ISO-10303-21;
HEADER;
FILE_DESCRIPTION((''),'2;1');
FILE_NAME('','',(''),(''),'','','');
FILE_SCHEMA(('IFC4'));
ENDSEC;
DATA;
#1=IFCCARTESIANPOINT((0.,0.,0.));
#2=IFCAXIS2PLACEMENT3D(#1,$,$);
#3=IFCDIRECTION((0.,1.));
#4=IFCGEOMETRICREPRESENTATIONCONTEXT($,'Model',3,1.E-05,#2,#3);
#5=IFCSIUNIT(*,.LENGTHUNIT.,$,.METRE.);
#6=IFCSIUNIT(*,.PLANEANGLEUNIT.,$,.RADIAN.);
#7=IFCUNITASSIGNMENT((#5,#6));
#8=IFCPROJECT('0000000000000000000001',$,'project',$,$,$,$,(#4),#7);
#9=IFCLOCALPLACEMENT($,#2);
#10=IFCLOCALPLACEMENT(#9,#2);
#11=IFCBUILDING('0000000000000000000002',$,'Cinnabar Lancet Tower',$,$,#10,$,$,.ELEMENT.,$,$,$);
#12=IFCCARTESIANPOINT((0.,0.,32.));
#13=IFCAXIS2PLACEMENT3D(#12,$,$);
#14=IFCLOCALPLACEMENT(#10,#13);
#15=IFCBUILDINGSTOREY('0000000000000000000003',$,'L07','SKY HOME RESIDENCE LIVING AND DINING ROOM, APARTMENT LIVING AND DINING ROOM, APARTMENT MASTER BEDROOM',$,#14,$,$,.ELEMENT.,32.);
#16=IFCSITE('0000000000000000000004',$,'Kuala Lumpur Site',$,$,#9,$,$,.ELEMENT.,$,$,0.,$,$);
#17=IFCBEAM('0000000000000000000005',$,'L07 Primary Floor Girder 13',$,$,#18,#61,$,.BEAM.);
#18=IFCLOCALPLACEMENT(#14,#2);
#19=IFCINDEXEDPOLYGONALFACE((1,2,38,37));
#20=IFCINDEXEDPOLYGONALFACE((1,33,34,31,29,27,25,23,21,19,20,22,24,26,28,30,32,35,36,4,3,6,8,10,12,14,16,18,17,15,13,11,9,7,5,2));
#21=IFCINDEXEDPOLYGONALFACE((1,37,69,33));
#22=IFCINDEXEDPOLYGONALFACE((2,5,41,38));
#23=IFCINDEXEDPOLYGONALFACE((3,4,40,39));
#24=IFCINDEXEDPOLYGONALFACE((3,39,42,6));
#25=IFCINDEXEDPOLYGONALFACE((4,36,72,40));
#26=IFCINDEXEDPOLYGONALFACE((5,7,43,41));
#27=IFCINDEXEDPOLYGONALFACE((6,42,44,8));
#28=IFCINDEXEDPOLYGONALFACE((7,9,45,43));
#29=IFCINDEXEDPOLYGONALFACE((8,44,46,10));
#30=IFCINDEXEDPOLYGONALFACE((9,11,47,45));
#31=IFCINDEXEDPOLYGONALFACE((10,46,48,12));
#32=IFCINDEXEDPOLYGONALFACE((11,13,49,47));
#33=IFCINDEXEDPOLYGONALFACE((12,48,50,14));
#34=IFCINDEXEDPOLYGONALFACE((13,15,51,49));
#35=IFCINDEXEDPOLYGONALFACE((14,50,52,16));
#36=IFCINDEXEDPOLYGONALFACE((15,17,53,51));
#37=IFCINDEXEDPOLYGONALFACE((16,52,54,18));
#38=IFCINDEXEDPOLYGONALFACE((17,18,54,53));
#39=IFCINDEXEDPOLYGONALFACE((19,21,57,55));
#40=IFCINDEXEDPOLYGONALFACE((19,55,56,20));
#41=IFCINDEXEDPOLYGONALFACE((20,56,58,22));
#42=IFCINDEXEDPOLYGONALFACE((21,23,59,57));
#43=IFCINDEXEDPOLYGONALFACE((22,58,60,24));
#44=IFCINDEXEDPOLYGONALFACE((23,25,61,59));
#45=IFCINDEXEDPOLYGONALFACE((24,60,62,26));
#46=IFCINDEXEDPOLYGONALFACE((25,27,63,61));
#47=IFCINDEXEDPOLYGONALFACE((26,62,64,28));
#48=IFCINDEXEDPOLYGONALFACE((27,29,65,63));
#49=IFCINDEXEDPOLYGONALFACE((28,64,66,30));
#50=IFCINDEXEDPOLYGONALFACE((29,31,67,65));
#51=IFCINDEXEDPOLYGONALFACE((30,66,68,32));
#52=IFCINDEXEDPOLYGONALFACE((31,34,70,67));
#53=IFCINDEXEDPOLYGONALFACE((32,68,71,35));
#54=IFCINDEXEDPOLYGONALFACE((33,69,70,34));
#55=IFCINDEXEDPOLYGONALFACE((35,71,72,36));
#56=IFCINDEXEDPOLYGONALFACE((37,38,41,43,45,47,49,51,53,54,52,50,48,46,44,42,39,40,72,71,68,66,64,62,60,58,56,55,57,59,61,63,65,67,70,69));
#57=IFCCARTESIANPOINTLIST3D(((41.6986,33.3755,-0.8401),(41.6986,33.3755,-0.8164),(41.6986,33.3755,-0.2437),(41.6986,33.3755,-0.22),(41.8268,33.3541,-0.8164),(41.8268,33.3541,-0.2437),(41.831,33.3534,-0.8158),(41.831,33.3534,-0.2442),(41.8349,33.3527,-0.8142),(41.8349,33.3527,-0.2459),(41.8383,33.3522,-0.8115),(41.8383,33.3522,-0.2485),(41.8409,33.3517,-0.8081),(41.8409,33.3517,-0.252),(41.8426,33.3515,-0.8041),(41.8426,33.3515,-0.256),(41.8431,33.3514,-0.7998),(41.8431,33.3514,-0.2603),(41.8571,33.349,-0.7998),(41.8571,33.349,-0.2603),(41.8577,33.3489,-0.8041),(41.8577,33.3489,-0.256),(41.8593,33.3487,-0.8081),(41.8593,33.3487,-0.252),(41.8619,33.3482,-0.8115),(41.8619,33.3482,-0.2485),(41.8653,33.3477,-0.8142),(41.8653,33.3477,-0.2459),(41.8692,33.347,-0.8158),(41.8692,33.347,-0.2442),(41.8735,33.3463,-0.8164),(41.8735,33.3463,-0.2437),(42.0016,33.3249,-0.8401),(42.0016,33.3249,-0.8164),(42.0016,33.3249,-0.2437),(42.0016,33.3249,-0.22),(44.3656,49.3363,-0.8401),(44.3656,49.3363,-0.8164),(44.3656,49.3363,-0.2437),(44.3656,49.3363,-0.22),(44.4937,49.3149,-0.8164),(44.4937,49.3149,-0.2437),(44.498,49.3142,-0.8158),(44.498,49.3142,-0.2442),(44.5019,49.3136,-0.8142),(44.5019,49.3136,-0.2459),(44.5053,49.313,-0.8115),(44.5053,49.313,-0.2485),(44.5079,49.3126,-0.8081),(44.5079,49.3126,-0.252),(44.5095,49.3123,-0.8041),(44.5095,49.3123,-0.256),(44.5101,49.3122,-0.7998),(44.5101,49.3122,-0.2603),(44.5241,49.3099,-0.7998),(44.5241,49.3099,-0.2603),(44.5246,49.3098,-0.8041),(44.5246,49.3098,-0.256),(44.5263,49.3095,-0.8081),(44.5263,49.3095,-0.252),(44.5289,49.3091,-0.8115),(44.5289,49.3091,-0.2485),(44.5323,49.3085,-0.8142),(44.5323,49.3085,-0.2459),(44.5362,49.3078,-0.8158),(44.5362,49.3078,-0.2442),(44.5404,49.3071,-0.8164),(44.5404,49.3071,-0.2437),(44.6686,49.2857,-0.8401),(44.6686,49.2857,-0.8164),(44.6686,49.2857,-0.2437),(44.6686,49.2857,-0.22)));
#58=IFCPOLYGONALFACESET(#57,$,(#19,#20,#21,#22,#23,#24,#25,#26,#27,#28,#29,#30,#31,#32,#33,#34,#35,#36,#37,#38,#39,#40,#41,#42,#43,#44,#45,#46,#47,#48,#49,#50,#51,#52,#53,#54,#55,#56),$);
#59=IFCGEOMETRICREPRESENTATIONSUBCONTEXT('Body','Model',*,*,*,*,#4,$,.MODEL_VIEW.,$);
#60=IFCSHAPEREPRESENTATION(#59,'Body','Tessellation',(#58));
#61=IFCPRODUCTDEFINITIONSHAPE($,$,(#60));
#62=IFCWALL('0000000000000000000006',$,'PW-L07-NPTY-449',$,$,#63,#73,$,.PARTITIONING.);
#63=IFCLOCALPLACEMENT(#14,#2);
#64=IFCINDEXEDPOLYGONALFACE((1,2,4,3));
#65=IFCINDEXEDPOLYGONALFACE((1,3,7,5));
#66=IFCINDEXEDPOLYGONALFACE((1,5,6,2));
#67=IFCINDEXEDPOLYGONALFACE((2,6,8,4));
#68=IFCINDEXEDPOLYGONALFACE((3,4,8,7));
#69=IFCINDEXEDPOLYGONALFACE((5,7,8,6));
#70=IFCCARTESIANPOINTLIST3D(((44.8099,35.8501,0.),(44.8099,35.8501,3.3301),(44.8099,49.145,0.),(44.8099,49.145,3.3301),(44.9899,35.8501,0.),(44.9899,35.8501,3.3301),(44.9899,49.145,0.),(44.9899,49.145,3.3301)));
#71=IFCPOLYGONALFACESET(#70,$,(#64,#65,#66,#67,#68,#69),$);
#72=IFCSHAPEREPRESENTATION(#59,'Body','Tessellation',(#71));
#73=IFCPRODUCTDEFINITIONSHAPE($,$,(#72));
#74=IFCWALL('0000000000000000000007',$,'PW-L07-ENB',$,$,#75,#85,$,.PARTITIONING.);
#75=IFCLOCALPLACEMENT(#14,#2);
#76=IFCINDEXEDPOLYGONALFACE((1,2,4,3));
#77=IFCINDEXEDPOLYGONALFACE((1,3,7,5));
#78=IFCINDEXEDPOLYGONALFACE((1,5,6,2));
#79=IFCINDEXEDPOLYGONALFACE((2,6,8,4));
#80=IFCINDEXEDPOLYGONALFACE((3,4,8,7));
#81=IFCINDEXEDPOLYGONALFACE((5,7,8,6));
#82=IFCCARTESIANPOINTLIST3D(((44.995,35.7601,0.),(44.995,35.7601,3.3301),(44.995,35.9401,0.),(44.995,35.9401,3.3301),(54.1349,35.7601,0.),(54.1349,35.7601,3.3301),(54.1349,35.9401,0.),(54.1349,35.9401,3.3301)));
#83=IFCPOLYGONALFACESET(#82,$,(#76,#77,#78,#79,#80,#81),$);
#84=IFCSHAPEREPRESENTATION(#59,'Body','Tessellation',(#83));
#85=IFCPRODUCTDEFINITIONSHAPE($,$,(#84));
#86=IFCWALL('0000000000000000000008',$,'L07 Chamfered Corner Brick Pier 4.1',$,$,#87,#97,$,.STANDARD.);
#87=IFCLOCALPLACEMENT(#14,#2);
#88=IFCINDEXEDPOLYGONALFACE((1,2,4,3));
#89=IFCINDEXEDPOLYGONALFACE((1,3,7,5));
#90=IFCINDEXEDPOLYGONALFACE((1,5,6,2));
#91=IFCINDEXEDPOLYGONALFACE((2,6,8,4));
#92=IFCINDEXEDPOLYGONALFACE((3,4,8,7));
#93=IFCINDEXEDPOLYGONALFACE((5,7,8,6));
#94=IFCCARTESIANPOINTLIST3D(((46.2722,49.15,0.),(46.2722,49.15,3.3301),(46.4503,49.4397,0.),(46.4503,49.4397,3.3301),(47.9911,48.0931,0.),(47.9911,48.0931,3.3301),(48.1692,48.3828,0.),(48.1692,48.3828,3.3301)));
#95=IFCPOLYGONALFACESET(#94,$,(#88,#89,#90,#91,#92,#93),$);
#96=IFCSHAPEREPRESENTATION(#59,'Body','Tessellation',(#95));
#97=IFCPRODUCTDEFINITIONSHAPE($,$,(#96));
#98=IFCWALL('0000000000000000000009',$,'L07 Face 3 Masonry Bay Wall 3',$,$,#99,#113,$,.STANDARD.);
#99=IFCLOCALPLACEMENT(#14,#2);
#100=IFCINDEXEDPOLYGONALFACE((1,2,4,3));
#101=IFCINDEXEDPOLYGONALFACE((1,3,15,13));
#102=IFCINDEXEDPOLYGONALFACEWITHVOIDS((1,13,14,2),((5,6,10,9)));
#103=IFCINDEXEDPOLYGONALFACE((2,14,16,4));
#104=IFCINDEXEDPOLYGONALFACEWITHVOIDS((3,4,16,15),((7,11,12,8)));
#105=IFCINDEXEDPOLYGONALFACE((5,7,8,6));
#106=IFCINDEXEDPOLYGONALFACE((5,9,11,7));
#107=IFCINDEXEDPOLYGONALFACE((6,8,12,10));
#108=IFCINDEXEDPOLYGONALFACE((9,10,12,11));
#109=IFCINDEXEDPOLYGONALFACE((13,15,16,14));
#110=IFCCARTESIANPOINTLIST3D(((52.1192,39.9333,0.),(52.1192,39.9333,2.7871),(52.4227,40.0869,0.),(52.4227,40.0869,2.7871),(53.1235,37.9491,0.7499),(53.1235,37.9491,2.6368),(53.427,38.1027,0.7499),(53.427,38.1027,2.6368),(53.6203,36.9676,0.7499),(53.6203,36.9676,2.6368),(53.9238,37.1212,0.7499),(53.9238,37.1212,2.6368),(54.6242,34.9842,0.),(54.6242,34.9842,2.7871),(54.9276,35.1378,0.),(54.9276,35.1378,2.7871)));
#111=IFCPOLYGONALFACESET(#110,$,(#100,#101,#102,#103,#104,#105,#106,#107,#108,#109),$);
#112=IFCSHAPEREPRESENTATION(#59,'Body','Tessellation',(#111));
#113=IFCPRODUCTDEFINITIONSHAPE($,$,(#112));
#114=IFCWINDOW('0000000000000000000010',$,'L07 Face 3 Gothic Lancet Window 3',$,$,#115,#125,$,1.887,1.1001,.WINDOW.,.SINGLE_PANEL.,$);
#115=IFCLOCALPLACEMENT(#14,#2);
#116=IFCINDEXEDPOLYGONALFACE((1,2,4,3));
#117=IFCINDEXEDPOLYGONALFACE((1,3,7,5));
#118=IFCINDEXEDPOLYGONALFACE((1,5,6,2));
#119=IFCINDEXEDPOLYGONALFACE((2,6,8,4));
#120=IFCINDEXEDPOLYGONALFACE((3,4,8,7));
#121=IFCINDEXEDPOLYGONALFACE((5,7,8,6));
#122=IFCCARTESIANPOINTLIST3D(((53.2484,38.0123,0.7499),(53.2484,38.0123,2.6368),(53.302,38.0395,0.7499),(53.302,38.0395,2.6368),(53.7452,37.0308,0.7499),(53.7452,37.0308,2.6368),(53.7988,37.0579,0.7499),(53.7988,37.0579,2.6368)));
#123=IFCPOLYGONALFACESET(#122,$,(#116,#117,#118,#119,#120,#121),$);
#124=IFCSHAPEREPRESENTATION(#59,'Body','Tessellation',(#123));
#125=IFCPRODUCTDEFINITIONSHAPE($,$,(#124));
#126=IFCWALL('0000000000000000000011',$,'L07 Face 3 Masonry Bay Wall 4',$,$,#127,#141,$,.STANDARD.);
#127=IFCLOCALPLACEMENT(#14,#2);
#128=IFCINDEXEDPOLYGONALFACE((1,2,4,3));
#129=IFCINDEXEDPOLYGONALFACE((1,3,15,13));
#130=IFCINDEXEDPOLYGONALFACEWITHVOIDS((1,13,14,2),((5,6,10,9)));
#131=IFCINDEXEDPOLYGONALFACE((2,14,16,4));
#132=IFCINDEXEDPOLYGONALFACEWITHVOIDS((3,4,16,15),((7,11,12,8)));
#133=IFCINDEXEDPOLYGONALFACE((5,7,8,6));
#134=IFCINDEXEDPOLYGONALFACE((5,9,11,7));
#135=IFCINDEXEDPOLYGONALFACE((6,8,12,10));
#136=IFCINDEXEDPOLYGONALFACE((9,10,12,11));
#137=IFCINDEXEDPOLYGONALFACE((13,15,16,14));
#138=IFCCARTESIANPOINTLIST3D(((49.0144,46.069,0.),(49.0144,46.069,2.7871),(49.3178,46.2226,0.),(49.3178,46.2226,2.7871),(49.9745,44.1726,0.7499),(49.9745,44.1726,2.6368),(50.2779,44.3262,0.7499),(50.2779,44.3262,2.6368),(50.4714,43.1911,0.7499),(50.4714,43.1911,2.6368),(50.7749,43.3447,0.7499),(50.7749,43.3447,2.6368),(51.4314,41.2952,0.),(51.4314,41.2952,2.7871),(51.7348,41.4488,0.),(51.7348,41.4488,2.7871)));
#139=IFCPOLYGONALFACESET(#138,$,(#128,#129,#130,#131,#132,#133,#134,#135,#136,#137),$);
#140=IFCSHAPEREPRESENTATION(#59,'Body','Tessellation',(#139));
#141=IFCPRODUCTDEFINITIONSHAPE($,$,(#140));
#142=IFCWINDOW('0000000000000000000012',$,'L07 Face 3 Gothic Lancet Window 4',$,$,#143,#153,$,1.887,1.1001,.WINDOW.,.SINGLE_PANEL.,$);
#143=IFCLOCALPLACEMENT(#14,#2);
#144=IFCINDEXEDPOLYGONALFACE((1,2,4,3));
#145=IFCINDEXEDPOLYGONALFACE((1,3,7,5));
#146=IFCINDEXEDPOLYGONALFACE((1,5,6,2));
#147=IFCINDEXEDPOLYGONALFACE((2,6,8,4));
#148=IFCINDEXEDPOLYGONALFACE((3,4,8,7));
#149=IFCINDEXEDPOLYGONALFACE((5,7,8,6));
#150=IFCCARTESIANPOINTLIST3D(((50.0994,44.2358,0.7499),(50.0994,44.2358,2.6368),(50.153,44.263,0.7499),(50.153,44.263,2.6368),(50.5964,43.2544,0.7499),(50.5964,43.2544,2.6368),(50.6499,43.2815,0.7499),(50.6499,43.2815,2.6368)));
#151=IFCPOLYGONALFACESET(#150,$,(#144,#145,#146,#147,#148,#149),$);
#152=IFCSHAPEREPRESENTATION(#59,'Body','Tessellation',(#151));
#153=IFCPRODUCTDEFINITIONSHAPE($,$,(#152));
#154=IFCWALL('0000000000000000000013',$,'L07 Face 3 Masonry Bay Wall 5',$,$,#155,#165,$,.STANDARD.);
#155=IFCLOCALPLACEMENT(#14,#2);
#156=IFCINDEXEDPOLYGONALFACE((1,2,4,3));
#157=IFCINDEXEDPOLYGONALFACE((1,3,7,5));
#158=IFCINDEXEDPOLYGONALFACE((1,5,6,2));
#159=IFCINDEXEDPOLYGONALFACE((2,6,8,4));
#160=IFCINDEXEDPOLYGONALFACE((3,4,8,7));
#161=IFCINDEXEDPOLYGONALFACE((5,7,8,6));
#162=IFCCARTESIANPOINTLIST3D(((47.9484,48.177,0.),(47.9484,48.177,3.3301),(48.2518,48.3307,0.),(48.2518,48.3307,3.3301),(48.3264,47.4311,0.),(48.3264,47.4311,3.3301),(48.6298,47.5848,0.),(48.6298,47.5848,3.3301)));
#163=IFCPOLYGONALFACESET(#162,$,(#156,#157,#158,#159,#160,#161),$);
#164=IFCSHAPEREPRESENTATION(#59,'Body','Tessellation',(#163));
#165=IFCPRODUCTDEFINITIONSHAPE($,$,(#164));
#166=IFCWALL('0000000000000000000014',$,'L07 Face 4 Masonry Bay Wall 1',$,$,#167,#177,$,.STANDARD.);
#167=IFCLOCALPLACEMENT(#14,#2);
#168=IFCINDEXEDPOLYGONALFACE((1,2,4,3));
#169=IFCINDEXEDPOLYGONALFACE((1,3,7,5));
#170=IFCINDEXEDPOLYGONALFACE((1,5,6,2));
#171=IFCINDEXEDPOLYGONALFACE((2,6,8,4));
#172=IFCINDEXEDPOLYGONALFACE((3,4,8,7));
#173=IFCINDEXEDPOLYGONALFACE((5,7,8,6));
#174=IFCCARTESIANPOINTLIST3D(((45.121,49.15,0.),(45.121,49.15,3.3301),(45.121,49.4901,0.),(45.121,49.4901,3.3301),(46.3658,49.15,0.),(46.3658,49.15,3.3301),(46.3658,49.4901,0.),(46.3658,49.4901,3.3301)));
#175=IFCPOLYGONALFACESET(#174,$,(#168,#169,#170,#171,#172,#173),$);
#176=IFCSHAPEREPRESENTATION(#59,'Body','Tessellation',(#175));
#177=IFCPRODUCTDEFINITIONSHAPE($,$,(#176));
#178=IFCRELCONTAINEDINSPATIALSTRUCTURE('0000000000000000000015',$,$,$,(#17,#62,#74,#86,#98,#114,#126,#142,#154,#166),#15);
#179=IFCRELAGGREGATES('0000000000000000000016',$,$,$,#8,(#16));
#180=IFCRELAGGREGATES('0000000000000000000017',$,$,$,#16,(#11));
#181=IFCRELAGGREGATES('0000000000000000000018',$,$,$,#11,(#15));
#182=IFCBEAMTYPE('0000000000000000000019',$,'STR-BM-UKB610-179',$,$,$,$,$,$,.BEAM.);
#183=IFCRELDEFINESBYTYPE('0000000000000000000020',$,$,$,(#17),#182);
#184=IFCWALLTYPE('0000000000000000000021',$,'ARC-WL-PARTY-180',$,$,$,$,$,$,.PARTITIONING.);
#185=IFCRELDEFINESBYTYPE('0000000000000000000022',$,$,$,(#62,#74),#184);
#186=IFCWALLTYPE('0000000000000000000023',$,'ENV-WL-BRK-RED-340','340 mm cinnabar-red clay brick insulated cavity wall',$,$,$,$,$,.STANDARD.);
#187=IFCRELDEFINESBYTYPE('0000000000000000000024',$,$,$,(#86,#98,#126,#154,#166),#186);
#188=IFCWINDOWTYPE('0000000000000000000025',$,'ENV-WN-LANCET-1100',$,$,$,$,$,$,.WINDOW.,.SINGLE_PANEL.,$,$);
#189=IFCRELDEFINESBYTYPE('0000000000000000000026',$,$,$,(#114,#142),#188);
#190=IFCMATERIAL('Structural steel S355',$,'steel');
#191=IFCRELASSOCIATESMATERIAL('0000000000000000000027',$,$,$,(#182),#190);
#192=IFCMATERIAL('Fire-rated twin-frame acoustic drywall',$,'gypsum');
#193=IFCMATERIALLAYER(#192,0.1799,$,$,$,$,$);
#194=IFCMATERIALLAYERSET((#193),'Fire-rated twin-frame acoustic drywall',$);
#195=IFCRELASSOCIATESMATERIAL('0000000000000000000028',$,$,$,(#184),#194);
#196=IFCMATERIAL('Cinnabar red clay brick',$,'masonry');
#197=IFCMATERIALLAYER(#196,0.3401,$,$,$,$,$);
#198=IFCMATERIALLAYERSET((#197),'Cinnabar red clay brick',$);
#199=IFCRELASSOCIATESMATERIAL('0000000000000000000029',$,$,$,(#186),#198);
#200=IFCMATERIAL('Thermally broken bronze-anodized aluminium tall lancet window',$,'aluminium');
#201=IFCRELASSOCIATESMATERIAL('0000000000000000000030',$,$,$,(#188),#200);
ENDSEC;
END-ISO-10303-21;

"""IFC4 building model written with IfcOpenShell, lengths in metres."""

from ifc_helpers import new_model, si_unit, direction, frame, frame_2d, origin, origin_2d, place, context, subcontext, project, spatial, rectangle, i_section, extrude, material, layer, layer_set, material_profile, profile_set, type_object, element, fill, save


model = new_model("IFC4")

# Units and contexts
model_context = context("Model", 3, precision=1e-05, world=origin(), true_north=direction((0.0, 1.0)))
body_context = subcontext(model_context, "Body", "Model", "MODEL_VIEW")
ifc_project = project(units=[si_unit("LENGTHUNIT", "METRE"), si_unit("PLANEANGLEUNIT", "RADIAN")], contexts=[model_context])

# Site, building, storey
site_placement = place(None, origin())
site = spatial("IfcSite", under=ifc_project, at=site_placement, Name="Kuala Lumpur Site", CompositionType="ELEMENT", RefElevation=0.0)
building_placement = place(site_placement, origin())
building = spatial("IfcBuilding", under=site, at=building_placement, Name="Cinnabar Lancet Tower", CompositionType="ELEMENT")
storey_placement = place(building_placement, frame((0.0, 0.0, 32.0)))
storey = spatial("IfcBuildingStorey", under=building, at=storey_placement, Name="L07", Description="SKY HOME RESIDENCE LIVING AND DINING ROOM, APARTMENT LIVING AND DINING ROOM, APARTMENT MASTER BEDROOM", CompositionType="ELEMENT", Elevation=32.0)

# Beam
ifc_material_1 = material(Name="Structural steel S355", Category="steel")
ifc_material_profile_1 = material_profile(ifc_material_1, i_section(OverallWidth=0.3071, OverallDepth=0.6201, WebThickness=0.0142, FlangeThickness=0.0237, FilletRadius=0.0166, at=origin_2d()), Name="UKB 610x305x179")
ifc_profile_set_1 = profile_set([ifc_material_profile_1], Name="Structural steel S355")
beam_type_1 = type_object("IfcBeamType", Name="STR-BM-UKB610-179", PredefinedType="BEAM", material=ifc_profile_set_1)
beam_1_placement = place(storey_placement, frame((44.5171, 49.311, -0.53), z_axis=(-0.16481, -0.986325, 0.0), x_axis=(0.986325, -0.16481, 0.0)))
element("IfcBeam", 1, at=beam_1_placement, inside=storey, type_object=beam_type_1, Name="L07 Primary Floor Girder 13", PredefinedType="BEAM", context=body_context, shape_type="SweptSolid", body=[
    extrude(i_section(OverallWidth=0.3071, OverallDepth=0.6201, WebThickness=0.0142, FlangeThickness=0.0237, FilletRadius=0.0166, at=origin_2d()), origin(), (0.0, 0.0, 1.0), 16.1821),
])

# Walls
ifc_material_2 = material(Name="Fire-rated twin-frame acoustic drywall", Category="gypsum")
ifc_layer_1 = layer(ifc_material_2, 0.1799)
ifc_layer_set_1 = layer_set([ifc_layer_1], Name="Fire-rated twin-frame acoustic drywall")
wall_type_1 = type_object("IfcWallType", Name="ARC-WL-PARTY-180", PredefinedType="PARTITIONING", material=ifc_layer_set_1)
wall_1_placement = place(storey_placement, frame((44.8999, 35.8501, 0.0), z_axis=(0.0, 0.0, 1.0), x_axis=(0.0, 1.0, 0.0)))
element("IfcWall", 2, at=wall_1_placement, inside=storey, type_object=wall_type_1, Name="PW-L07-NPTY-449", PredefinedType="PARTITIONING", context=body_context, shape_type="SweptSolid", body=[
    extrude(rectangle(XDim=13.2949, YDim=0.1799, at=frame_2d((6.6475, 0.0))), origin(), (0.0, 0.0, 1.0), 3.3301),
])
wall_2_placement = place(storey_placement, frame((44.9951, 35.8501, 0.0), z_axis=(0.0, 0.0, 1.0), x_axis=(1.0, 0.0, 0.0)))
element("IfcWall", 3, at=wall_2_placement, inside=storey, type_object=wall_type_1, Name="PW-L07-ENB", PredefinedType="PARTITIONING", context=body_context, shape_type="SweptSolid", body=[
    extrude(rectangle(XDim=9.1399, YDim=0.1799, at=frame_2d((4.5698, 0.0))), origin(), (0.0, 0.0, 1.0), 3.3301),
])
ifc_material_3 = material(Name="Cinnabar red clay brick", Category="masonry")
ifc_layer_2 = layer(ifc_material_3, 0.3401)
ifc_layer_set_2 = layer_set([ifc_layer_2], Name="Cinnabar red clay brick")
wall_type_2 = type_object("IfcWallType", Name="ENV-WL-BRK-RED-340", Description="340 mm cinnabar-red clay brick insulated cavity wall", PredefinedType="STANDARD", material=ifc_layer_set_2)
wall_3_placement = place(storey_placement, frame((48.0801, 48.238, 0.0), z_axis=(0.0, 0.0, 1.0), x_axis=(-0.85187, 0.523753, 0.0)))
element("IfcWall", 4, at=wall_3_placement, inside=storey, type_object=wall_type_2, Name="L07 Chamfered Corner Brick Pier 4.1", PredefinedType="STANDARD", context=body_context, shape_type="SweptSolid", body=[
    extrude(rectangle(XDim=2.0178, YDim=0.3401, at=frame_2d((1.0088, 0.0))), origin(), (0.0, 0.0, 1.0), 3.3301),
])

# Walls, openings, windows
wall_4_placement = place(storey_placement, frame((54.7759, 35.061, 0.0), z_axis=(0.0, 0.0, 1.0), x_axis=(-0.451592, 0.892225, 0.0)))
wall_4 = element("IfcWall", 5, at=wall_4_placement, inside=storey, type_object=wall_type_2, Name="L07 Face 3 Masonry Bay Wall 3", PredefinedType="STANDARD", context=body_context, shape_type="SweptSolid", body=[
    extrude(rectangle(XDim=5.5469, YDim=0.3401, at=frame_2d((2.7734, 0.0))), origin(), (0.0, 0.0, 1.0), 2.7871),
])
opening_1_placement = place(wall_4_placement, frame((2.2229, 0.0, 0.75)))
opening_1 = element("IfcOpeningElement", 6, at=opening_1_placement, cuts=wall_4, PredefinedType="OPENING", context=body_context, shape_type="SweptSolid", body=[
    extrude(rectangle(XDim=1.1001, YDim=1.887, at=frame_2d((0.55, 0.9434))), frame((0.0, 0.1799, 0.0), z_axis=(0.0, -1.0, 0.0), x_axis=(1.0, 0.0, 0.0)), (0.0, 0.0, 1.0), 0.3601),
])
ifc_material_4 = material(Name="Thermally broken bronze-anodized aluminium tall lancet window", Category="aluminium")
window_type = type_object("IfcWindowType", Name="ENV-WN-LANCET-1100", PartitioningType="SINGLE_PANEL", PredefinedType="WINDOW", material=ifc_material_4)
window_1_placement = place(opening_1_placement, origin())
window_1 = element("IfcWindow", 7, at=window_1_placement, inside=storey, type_object=window_type, Name="L07 Face 3 Gothic Lancet Window 3", OverallHeight=1.887, OverallWidth=1.1001, PartitioningType="SINGLE_PANEL", PredefinedType="WINDOW", context=body_context, shape_type="SweptSolid", body=[
    extrude(rectangle(XDim=1.1001, YDim=1.887, at=frame_2d((0.55, 0.9434))), frame((0.0, 0.03, 0.0), z_axis=(0.0, -1.0, 0.0), x_axis=(1.0, 0.0, 0.0)), (0.0, 0.0, 1.0), 0.0601),
])
fill(opening_1, window_1)
wall_5_placement = place(storey_placement, frame((51.583, 41.3721, 0.0), z_axis=(0.0, 0.0, 1.0), x_axis=(-0.451698, 0.892171, 0.0)))
wall_5 = element("IfcWall", 8, at=wall_5_placement, inside=storey, type_object=wall_type_2, Name="L07 Face 3 Masonry Bay Wall 4", PredefinedType="STANDARD", context=body_context, shape_type="SweptSolid", body=[
    extrude(rectangle(XDim=5.3508, YDim=0.3401, at=frame_2d((2.6753, 0.0))), origin(), (0.0, 0.0, 1.0), 2.7871),
])
opening_2_placement = place(wall_5_placement, frame((2.125, 0.0, 0.75)))
opening_2 = element("IfcOpeningElement", 9, at=opening_2_placement, cuts=wall_5, PredefinedType="OPENING", context=body_context, shape_type="SweptSolid", body=[
    extrude(rectangle(XDim=1.1001, YDim=1.887, at=frame_2d((0.55, 0.9434))), frame((0.0, 0.1799, 0.0), z_axis=(0.0, -1.0, 0.0), x_axis=(1.0, 0.0, 0.0)), (0.0, 0.0, 1.0), 0.3601),
])
window_2_placement = place(opening_2_placement, origin())
window_2 = element("IfcWindow", 10, at=window_2_placement, inside=storey, type_object=window_type, Name="L07 Face 3 Gothic Lancet Window 4", OverallHeight=1.887, OverallWidth=1.1001, PartitioningType="SINGLE_PANEL", PredefinedType="WINDOW", context=body_context, shape_type="SweptSolid", body=[
    extrude(rectangle(XDim=1.1001, YDim=1.887, at=frame_2d((0.55, 0.9434))), frame((0.0, 0.03, 0.0), z_axis=(0.0, -1.0, 0.0), x_axis=(1.0, 0.0, 0.0)), (0.0, 0.0, 1.0), 0.0601),
])
fill(opening_2, window_2)

# Walls
wall_6_placement = place(storey_placement, frame((48.478, 47.5081, 0.0), z_axis=(0.0, 0.0, 1.0), x_axis=(-0.451996, 0.89202, 0.0)))
element("IfcWall", 11, at=wall_6_placement, inside=storey, type_object=wall_type_2, Name="L07 Face 3 Masonry Bay Wall 5", PredefinedType="STANDARD", context=body_context, shape_type="SweptSolid", body=[
    extrude(rectangle(XDim=0.8362, YDim=0.3401, at=frame_2d((0.418, 0.0))), origin(), (0.0, 0.0, 1.0), 3.3301),
])
wall_7_placement = place(storey_placement, frame((46.366, 49.3201, 0.0), z_axis=(0.0, 0.0, 1.0), x_axis=(-1.0, 0.0, 0.0)))
element("IfcWall", 12, at=wall_7_placement, inside=storey, type_object=wall_type_2, Name="L07 Face 4 Masonry Bay Wall 1", PredefinedType="STANDARD", context=body_context, shape_type="SweptSolid", body=[
    extrude(rectangle(XDim=1.2449, YDim=0.3401, at=frame_2d((0.6226, 0.0))), origin(), (0.0, 0.0, 1.0), 3.3301),
])

save(model, "model.ifc")
